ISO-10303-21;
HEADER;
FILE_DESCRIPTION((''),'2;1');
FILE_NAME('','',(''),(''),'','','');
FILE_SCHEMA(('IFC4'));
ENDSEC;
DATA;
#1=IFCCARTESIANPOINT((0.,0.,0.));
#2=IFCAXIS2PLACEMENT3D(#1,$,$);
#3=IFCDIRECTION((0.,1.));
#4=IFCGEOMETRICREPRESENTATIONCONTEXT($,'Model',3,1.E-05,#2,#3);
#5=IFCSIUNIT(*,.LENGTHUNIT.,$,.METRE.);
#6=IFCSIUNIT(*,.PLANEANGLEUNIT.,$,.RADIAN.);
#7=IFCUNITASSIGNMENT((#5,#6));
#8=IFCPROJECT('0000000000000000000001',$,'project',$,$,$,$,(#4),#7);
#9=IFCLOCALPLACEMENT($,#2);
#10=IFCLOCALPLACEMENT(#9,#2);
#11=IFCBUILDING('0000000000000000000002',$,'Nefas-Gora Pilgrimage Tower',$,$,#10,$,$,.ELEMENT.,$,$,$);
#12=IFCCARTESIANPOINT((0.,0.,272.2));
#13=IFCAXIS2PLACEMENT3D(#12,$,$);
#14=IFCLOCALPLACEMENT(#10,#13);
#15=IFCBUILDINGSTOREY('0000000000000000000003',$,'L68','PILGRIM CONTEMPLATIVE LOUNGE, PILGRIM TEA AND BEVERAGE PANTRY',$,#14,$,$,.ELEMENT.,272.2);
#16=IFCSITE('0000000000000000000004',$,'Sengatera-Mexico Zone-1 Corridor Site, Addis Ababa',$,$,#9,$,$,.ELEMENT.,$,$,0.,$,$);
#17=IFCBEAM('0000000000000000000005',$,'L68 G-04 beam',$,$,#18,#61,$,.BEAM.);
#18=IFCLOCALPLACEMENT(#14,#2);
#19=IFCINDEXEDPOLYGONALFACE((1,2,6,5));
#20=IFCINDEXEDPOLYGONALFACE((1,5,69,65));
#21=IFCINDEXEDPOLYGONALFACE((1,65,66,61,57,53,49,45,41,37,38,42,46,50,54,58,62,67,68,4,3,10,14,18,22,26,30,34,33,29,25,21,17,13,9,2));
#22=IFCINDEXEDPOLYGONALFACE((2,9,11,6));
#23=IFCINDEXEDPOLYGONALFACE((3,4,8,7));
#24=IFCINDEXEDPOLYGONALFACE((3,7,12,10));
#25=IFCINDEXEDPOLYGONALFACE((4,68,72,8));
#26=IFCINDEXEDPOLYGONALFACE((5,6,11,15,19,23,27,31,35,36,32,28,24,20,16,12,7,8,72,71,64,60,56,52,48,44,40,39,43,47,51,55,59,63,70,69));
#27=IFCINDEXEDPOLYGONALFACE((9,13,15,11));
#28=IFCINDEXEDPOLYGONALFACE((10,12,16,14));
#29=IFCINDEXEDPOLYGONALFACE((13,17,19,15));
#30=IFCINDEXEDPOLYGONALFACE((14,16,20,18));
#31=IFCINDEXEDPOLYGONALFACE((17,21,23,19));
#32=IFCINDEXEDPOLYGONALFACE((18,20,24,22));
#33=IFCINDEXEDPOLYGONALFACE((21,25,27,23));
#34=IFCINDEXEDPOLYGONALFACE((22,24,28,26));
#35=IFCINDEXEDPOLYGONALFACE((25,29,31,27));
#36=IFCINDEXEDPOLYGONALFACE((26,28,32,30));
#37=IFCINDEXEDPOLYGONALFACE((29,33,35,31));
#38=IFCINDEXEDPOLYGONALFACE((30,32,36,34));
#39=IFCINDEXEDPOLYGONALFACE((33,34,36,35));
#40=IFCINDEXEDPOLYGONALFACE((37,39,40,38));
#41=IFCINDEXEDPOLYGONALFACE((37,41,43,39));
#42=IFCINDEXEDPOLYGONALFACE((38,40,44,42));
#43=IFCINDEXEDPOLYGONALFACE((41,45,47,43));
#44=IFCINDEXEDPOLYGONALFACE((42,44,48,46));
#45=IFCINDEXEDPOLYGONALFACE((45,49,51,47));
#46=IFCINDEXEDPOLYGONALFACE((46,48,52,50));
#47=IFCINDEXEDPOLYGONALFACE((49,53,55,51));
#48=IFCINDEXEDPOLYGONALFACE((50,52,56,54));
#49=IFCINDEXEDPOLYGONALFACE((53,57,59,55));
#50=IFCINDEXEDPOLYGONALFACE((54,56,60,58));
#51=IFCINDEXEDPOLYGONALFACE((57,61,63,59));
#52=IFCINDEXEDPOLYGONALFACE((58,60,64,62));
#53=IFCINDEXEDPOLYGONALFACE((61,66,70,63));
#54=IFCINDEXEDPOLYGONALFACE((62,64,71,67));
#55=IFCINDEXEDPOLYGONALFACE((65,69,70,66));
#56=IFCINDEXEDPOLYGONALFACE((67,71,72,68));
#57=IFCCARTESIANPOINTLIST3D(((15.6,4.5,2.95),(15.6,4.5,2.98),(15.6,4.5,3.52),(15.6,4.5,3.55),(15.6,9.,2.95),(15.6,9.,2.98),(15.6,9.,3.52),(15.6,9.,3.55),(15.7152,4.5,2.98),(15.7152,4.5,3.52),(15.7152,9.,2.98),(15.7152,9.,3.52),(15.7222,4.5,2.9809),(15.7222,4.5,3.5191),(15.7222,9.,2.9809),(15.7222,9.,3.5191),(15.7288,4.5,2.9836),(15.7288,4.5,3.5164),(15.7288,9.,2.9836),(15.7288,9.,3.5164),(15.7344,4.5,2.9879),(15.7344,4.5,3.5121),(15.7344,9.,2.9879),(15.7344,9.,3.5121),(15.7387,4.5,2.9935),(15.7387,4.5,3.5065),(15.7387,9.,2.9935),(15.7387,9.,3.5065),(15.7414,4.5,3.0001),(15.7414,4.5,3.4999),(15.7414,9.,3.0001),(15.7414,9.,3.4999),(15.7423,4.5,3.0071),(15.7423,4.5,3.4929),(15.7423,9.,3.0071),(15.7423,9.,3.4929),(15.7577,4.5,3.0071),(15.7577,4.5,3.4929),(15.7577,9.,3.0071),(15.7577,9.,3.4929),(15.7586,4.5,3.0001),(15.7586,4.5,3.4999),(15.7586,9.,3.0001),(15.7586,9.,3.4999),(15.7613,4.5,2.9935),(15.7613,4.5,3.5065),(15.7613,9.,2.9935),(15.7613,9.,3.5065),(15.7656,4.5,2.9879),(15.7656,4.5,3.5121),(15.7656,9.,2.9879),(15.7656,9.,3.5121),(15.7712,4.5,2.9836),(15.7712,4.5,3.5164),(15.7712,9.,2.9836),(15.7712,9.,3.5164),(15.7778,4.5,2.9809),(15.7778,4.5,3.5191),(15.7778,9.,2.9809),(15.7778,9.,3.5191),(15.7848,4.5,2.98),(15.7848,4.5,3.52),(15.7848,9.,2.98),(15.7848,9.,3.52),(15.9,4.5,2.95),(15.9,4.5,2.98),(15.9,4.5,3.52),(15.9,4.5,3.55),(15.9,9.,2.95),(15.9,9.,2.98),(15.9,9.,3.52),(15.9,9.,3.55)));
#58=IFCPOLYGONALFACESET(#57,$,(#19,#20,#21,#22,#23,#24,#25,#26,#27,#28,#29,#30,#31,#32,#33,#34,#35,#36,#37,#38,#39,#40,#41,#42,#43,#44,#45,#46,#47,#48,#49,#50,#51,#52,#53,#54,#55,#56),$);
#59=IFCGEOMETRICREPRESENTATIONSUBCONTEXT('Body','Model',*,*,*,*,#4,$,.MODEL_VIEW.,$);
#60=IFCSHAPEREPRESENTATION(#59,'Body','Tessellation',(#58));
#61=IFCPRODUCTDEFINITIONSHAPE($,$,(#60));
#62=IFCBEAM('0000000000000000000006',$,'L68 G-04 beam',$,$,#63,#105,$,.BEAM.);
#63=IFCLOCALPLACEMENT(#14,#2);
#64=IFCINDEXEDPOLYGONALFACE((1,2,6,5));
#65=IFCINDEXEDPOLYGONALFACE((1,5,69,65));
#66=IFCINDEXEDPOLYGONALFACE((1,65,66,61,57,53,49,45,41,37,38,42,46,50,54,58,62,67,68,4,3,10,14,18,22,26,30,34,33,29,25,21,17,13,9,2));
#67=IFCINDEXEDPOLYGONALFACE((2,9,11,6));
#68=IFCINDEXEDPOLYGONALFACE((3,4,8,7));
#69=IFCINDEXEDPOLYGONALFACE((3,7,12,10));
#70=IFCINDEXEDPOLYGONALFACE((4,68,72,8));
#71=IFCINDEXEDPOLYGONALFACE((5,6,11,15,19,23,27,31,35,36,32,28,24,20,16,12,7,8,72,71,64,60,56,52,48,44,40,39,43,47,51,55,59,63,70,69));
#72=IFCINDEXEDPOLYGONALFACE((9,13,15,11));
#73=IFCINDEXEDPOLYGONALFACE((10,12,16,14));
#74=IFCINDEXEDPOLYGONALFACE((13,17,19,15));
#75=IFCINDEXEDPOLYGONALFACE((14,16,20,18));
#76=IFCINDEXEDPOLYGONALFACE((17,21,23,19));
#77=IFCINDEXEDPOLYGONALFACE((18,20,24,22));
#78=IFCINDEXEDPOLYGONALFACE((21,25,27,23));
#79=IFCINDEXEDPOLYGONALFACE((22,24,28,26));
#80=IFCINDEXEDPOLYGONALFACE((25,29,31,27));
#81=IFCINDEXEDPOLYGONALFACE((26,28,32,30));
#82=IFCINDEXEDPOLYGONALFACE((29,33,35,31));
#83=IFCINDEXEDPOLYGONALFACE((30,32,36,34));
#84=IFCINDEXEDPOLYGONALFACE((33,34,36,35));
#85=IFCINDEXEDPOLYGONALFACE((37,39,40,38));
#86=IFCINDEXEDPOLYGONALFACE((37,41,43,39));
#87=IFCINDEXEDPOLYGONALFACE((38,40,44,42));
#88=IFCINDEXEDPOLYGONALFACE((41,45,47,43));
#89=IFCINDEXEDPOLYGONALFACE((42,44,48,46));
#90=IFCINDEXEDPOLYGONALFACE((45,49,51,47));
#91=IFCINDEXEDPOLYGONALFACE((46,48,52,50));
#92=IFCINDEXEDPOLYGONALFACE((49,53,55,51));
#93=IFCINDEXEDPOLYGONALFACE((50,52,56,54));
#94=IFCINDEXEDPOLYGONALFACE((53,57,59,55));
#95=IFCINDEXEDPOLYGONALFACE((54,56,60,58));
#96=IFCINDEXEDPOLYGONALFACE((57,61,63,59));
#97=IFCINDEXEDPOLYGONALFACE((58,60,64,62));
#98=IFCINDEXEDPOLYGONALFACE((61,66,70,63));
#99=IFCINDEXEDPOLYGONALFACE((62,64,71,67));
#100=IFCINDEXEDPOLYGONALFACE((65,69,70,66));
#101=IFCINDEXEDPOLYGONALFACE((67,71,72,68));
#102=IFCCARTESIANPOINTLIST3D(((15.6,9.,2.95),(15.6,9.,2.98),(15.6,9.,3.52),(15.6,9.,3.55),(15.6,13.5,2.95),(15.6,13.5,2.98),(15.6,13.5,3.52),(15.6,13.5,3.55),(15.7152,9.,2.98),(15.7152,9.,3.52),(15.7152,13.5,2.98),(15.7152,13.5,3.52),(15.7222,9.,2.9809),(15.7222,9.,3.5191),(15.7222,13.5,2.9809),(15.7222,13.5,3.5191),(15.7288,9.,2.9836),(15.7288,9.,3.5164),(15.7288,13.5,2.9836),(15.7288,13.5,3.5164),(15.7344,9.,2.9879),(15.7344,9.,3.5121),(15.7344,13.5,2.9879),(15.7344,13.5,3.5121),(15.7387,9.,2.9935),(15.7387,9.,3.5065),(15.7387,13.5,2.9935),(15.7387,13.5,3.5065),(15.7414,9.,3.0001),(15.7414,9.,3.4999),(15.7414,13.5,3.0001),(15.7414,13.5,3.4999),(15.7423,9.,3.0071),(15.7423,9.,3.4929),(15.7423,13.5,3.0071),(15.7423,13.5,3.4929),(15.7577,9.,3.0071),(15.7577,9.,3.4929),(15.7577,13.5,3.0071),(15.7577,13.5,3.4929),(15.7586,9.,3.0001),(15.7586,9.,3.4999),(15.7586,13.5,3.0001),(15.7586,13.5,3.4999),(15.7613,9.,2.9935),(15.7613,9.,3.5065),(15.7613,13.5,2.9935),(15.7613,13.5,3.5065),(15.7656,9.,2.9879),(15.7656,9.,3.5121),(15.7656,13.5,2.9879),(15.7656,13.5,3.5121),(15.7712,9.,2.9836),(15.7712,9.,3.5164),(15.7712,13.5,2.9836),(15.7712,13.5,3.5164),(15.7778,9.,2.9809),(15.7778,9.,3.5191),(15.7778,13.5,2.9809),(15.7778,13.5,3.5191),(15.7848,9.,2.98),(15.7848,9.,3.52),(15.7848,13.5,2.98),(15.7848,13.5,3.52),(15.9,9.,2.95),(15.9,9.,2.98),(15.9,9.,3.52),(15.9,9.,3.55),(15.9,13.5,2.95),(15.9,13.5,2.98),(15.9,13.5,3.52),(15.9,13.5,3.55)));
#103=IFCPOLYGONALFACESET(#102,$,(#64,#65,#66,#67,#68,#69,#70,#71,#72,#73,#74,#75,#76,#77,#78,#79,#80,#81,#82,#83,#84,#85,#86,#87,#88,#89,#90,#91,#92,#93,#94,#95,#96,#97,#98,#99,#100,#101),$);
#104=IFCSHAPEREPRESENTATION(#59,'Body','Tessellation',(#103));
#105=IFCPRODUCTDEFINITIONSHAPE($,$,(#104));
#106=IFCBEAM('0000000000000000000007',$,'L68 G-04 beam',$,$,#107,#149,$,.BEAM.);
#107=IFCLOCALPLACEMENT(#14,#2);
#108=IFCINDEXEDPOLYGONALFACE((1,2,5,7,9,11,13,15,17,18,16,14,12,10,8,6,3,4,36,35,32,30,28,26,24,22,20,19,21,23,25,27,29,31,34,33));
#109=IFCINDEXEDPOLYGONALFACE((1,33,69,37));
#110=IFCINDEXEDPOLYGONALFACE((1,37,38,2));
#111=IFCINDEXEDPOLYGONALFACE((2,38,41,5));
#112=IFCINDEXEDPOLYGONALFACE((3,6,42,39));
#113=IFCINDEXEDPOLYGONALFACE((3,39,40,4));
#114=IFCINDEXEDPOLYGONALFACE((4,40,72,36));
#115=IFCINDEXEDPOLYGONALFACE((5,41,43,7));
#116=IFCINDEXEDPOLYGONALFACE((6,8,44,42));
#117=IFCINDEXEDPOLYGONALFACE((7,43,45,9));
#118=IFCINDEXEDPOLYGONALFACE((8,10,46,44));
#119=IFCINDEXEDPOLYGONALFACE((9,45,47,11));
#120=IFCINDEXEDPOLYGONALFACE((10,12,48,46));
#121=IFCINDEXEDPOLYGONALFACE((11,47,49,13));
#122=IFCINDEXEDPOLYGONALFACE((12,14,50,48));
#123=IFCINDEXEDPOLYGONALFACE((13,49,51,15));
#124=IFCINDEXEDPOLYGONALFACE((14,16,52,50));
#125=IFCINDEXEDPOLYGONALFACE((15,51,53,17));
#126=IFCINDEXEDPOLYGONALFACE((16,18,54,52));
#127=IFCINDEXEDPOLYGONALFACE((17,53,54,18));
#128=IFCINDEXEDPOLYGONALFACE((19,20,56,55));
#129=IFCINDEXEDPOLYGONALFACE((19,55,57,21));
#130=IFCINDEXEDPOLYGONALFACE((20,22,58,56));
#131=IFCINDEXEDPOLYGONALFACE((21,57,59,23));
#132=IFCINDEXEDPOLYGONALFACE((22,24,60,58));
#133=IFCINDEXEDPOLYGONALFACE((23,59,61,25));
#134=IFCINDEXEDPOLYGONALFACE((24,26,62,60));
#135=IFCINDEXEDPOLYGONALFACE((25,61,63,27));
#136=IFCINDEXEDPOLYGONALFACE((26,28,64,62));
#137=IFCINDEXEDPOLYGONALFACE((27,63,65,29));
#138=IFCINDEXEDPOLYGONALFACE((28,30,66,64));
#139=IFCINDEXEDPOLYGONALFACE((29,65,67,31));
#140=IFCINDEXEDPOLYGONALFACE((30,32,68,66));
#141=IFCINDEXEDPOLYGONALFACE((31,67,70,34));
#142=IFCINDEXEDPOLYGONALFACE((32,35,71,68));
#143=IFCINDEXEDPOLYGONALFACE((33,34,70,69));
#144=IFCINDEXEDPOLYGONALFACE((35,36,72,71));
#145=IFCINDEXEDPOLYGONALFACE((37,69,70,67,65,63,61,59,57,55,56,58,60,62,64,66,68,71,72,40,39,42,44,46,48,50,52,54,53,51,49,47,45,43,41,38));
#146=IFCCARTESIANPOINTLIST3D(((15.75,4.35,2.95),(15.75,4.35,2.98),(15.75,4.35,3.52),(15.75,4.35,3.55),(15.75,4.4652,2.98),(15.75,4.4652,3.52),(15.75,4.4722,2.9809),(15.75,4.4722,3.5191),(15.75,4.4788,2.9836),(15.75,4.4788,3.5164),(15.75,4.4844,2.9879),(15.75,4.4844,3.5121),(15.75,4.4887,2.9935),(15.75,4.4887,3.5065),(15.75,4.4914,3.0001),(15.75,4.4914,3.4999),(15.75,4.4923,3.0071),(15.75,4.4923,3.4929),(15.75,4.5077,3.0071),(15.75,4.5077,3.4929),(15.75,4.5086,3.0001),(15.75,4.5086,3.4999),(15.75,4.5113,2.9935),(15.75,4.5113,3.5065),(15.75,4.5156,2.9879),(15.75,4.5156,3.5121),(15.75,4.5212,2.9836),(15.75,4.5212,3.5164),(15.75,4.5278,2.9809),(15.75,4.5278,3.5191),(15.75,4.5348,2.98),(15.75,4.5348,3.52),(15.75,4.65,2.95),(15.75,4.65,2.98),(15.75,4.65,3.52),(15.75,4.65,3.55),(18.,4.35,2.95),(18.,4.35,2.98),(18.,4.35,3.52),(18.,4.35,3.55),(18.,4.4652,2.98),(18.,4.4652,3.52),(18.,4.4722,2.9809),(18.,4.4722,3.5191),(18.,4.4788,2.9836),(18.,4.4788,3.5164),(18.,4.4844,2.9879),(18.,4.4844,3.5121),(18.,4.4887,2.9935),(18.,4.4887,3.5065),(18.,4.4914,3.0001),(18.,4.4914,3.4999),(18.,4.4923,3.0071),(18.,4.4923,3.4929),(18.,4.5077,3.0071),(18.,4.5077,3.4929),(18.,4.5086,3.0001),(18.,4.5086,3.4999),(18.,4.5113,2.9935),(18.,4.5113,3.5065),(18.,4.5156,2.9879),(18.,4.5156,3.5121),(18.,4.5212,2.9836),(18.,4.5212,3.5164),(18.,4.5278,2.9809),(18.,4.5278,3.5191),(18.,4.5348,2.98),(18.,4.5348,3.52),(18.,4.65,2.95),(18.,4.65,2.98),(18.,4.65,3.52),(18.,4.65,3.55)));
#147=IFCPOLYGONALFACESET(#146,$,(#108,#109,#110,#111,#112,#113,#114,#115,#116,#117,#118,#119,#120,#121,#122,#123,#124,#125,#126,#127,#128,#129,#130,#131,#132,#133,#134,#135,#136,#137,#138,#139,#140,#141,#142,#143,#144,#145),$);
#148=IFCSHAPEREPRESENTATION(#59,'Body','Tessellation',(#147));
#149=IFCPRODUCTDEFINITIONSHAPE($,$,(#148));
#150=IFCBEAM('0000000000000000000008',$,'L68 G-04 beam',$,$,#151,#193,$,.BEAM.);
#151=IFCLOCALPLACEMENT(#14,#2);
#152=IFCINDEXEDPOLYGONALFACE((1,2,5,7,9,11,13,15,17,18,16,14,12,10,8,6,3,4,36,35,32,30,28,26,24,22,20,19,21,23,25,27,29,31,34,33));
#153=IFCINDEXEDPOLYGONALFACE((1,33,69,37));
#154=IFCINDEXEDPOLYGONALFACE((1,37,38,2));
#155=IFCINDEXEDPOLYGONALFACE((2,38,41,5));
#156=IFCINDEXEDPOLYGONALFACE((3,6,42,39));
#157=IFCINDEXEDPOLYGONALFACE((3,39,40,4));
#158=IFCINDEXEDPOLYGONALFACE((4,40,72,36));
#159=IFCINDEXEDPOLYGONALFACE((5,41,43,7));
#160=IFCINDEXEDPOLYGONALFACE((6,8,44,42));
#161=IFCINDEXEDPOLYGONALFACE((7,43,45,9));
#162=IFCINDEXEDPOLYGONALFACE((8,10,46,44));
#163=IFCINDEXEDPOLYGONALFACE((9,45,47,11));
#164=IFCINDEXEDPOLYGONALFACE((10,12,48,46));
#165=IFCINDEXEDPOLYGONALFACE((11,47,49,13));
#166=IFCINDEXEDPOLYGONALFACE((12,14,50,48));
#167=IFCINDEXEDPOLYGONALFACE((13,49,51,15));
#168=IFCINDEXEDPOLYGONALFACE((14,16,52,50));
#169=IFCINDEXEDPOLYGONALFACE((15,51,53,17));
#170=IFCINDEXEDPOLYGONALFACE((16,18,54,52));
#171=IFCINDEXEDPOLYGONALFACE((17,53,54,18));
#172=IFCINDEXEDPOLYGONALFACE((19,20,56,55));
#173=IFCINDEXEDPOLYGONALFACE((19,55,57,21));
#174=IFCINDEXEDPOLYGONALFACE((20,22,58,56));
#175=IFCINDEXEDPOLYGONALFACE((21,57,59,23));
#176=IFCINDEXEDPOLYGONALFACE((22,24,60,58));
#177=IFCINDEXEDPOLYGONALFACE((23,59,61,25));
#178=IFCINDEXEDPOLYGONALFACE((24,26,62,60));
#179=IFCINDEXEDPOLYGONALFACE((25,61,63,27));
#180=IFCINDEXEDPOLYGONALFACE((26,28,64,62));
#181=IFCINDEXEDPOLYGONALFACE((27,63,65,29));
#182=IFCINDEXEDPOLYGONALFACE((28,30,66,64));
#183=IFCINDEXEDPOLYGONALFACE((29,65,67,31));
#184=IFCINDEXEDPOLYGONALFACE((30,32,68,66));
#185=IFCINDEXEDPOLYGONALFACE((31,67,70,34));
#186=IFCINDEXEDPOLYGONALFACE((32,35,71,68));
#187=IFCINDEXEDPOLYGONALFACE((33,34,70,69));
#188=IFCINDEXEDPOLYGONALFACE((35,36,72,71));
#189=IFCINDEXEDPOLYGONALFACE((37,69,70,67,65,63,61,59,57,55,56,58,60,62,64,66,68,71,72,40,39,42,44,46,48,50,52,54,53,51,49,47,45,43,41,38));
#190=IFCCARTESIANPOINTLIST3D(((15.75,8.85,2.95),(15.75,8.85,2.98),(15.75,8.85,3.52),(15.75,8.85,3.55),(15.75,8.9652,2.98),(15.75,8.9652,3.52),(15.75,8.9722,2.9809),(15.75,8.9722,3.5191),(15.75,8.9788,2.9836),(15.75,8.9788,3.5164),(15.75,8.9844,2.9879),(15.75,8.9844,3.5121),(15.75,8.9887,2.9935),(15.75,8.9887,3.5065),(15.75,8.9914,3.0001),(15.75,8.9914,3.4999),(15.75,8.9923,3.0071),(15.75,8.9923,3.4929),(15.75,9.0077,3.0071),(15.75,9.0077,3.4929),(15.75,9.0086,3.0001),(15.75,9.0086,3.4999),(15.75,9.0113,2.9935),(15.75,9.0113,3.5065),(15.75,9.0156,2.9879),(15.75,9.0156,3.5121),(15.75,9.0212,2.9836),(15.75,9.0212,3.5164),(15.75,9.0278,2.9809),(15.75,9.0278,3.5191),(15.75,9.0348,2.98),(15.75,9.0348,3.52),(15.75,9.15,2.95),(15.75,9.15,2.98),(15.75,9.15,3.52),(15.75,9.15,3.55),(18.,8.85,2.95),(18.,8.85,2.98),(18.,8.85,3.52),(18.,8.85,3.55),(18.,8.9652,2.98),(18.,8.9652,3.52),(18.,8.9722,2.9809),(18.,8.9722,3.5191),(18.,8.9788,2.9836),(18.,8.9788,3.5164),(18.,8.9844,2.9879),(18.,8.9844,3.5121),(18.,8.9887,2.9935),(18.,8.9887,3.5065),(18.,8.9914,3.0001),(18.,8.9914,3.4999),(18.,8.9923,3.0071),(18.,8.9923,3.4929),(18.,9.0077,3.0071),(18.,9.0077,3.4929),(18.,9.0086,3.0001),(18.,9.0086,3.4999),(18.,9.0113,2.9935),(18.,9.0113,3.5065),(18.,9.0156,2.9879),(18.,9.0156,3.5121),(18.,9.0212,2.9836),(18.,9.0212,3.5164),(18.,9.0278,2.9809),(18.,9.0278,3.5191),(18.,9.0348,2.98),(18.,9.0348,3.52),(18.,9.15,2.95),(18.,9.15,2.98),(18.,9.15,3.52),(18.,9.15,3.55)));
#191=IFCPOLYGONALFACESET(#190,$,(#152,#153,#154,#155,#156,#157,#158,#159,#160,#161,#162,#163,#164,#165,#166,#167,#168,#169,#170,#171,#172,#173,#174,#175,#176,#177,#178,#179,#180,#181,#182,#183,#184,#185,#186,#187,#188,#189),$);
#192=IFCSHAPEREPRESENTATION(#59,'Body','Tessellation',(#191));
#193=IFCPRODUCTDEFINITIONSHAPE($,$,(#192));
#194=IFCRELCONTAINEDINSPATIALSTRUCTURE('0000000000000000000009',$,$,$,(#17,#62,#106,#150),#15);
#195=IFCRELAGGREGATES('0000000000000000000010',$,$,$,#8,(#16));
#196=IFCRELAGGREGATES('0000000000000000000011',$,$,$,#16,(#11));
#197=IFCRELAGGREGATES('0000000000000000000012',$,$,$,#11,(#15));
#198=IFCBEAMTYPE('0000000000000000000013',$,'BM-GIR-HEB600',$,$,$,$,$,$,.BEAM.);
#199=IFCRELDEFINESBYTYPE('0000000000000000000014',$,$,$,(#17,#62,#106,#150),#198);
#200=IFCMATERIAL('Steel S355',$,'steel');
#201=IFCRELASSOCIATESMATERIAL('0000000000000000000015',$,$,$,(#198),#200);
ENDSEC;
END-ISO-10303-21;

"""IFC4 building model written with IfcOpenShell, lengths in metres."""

from ifc_helpers import new_model, si_unit, direction, frame, origin, origin_2d, place, context, subcontext, project, spatial, i_section, extrude, source, transform, mapped, material, material_profile, profile_set, type_object, element, save


model = new_model("IFC4")

# Units and contexts
model_context = context("Model", 3, precision=1e-05, world=origin(), true_north=direction((0.0, 1.0)))
body_context = subcontext(model_context, "Body", "Model", "MODEL_VIEW")
ifc_project = project(units=[si_unit("LENGTHUNIT", "METRE"), si_unit("PLANEANGLEUNIT", "RADIAN")], contexts=[model_context])

# Site, building, storey
site_placement = place(None, origin())
site = spatial("IfcSite", under=ifc_project, at=site_placement, Name="Sengatera-Mexico Zone-1 Corridor Site, Addis Ababa", CompositionType="ELEMENT", RefElevation=0.0)
building_placement = place(site_placement, origin())
building = spatial("IfcBuilding", under=site, at=building_placement, Name="Nefas-Gora Pilgrimage Tower", CompositionType="ELEMENT")
storey_placement = place(building_placement, frame((0.0, 0.0, 272.2)))
storey = spatial("IfcBuildingStorey", under=building, at=storey_placement, Name="L68", Description="PILGRIM CONTEMPLATIVE LOUNGE, PILGRIM TEA AND BEVERAGE PANTRY", CompositionType="ELEMENT", Elevation=272.2)

# Shared definitions
ifc_material_1 = material(Name="Steel S355", Category="steel")

# Beams
ifc_material_profile_1 = material_profile(ifc_material_1, i_section(OverallWidth=0.3, OverallDepth=0.6001, WebThickness=0.0154, FlangeThickness=0.03, FilletRadius=0.0271, at=origin_2d()), Name="HEB 600")
ifc_profile_set_1 = profile_set([ifc_material_profile_1], Name="Steel S355")
beam_type_1 = type_object("IfcBeamType", Name="BM-GIR-HEB600", PredefinedType="BEAM", material=ifc_profile_set_1)
shared_shape_1 = source(origin(), body_context, "Body", "SweptSolid", [
    extrude(i_section(OverallWidth=0.3, OverallDepth=0.6001, WebThickness=0.0154, FlangeThickness=0.03, FilletRadius=0.0271, at=origin_2d()), origin(), (0.0, 0.0, 1.0), 4.5),
])
for number, where, z_axis, x_axis, name in (
    (1, (15.75, 4.5, 3.25), (0.0, 1.0, 0.0), (-1.0, 0.0, 0.0), "L68 G-04 beam"),
    (2, (15.75, 9.0, 3.25), (0.0, 1.0, 0.0), (-1.0, 0.0, 0.0), "L68 G-04 beam"),
):
    element("IfcBeam", number, at=place(storey_placement, frame(where, z_axis=z_axis, x_axis=x_axis)), inside=storey, type_object=beam_type_1, Name=name, PredefinedType="BEAM", context=body_context, shape_type="MappedRepresentation", body=[
        mapped(shared_shape_1, transform((0.0, 0.0, 0.0), x_axis=(1.0, 0.0, 0.0), y_axis=(0.0, 1.0, 0.0), z_axis=(0.0, 0.0, 1.0), scale=1.0)),
    ])
shared_shape_2 = source(origin(), body_context, "Body", "SweptSolid", [
    extrude(i_section(OverallWidth=0.3, OverallDepth=0.6001, WebThickness=0.0154, FlangeThickness=0.03, FilletRadius=0.0271, at=origin_2d()), origin(), (0.0, 0.0, 1.0), 2.25),
])
for number, where, z_axis, x_axis, name in (
    (3, (15.75, 4.5, 3.25), (1.0, 0.0, 0.0), (0.0, 1.0, 0.0), "L68 G-04 beam"),
    (4, (15.75, 9.0, 3.25), (1.0, 0.0, 0.0), (0.0, 1.0, 0.0), "L68 G-04 beam"),
):
    element("IfcBeam", number, at=place(storey_placement, frame(where, z_axis=z_axis, x_axis=x_axis)), inside=storey, type_object=beam_type_1, Name=name, PredefinedType="BEAM", context=body_context, shape_type="MappedRepresentation", body=[
        mapped(shared_shape_2, transform((0.0, 0.0, 0.0), x_axis=(1.0, 0.0, 0.0), y_axis=(0.0, 1.0, 0.0), z_axis=(0.0, 0.0, 1.0), scale=1.0)),
    ])

save(model, "model.ifc")
